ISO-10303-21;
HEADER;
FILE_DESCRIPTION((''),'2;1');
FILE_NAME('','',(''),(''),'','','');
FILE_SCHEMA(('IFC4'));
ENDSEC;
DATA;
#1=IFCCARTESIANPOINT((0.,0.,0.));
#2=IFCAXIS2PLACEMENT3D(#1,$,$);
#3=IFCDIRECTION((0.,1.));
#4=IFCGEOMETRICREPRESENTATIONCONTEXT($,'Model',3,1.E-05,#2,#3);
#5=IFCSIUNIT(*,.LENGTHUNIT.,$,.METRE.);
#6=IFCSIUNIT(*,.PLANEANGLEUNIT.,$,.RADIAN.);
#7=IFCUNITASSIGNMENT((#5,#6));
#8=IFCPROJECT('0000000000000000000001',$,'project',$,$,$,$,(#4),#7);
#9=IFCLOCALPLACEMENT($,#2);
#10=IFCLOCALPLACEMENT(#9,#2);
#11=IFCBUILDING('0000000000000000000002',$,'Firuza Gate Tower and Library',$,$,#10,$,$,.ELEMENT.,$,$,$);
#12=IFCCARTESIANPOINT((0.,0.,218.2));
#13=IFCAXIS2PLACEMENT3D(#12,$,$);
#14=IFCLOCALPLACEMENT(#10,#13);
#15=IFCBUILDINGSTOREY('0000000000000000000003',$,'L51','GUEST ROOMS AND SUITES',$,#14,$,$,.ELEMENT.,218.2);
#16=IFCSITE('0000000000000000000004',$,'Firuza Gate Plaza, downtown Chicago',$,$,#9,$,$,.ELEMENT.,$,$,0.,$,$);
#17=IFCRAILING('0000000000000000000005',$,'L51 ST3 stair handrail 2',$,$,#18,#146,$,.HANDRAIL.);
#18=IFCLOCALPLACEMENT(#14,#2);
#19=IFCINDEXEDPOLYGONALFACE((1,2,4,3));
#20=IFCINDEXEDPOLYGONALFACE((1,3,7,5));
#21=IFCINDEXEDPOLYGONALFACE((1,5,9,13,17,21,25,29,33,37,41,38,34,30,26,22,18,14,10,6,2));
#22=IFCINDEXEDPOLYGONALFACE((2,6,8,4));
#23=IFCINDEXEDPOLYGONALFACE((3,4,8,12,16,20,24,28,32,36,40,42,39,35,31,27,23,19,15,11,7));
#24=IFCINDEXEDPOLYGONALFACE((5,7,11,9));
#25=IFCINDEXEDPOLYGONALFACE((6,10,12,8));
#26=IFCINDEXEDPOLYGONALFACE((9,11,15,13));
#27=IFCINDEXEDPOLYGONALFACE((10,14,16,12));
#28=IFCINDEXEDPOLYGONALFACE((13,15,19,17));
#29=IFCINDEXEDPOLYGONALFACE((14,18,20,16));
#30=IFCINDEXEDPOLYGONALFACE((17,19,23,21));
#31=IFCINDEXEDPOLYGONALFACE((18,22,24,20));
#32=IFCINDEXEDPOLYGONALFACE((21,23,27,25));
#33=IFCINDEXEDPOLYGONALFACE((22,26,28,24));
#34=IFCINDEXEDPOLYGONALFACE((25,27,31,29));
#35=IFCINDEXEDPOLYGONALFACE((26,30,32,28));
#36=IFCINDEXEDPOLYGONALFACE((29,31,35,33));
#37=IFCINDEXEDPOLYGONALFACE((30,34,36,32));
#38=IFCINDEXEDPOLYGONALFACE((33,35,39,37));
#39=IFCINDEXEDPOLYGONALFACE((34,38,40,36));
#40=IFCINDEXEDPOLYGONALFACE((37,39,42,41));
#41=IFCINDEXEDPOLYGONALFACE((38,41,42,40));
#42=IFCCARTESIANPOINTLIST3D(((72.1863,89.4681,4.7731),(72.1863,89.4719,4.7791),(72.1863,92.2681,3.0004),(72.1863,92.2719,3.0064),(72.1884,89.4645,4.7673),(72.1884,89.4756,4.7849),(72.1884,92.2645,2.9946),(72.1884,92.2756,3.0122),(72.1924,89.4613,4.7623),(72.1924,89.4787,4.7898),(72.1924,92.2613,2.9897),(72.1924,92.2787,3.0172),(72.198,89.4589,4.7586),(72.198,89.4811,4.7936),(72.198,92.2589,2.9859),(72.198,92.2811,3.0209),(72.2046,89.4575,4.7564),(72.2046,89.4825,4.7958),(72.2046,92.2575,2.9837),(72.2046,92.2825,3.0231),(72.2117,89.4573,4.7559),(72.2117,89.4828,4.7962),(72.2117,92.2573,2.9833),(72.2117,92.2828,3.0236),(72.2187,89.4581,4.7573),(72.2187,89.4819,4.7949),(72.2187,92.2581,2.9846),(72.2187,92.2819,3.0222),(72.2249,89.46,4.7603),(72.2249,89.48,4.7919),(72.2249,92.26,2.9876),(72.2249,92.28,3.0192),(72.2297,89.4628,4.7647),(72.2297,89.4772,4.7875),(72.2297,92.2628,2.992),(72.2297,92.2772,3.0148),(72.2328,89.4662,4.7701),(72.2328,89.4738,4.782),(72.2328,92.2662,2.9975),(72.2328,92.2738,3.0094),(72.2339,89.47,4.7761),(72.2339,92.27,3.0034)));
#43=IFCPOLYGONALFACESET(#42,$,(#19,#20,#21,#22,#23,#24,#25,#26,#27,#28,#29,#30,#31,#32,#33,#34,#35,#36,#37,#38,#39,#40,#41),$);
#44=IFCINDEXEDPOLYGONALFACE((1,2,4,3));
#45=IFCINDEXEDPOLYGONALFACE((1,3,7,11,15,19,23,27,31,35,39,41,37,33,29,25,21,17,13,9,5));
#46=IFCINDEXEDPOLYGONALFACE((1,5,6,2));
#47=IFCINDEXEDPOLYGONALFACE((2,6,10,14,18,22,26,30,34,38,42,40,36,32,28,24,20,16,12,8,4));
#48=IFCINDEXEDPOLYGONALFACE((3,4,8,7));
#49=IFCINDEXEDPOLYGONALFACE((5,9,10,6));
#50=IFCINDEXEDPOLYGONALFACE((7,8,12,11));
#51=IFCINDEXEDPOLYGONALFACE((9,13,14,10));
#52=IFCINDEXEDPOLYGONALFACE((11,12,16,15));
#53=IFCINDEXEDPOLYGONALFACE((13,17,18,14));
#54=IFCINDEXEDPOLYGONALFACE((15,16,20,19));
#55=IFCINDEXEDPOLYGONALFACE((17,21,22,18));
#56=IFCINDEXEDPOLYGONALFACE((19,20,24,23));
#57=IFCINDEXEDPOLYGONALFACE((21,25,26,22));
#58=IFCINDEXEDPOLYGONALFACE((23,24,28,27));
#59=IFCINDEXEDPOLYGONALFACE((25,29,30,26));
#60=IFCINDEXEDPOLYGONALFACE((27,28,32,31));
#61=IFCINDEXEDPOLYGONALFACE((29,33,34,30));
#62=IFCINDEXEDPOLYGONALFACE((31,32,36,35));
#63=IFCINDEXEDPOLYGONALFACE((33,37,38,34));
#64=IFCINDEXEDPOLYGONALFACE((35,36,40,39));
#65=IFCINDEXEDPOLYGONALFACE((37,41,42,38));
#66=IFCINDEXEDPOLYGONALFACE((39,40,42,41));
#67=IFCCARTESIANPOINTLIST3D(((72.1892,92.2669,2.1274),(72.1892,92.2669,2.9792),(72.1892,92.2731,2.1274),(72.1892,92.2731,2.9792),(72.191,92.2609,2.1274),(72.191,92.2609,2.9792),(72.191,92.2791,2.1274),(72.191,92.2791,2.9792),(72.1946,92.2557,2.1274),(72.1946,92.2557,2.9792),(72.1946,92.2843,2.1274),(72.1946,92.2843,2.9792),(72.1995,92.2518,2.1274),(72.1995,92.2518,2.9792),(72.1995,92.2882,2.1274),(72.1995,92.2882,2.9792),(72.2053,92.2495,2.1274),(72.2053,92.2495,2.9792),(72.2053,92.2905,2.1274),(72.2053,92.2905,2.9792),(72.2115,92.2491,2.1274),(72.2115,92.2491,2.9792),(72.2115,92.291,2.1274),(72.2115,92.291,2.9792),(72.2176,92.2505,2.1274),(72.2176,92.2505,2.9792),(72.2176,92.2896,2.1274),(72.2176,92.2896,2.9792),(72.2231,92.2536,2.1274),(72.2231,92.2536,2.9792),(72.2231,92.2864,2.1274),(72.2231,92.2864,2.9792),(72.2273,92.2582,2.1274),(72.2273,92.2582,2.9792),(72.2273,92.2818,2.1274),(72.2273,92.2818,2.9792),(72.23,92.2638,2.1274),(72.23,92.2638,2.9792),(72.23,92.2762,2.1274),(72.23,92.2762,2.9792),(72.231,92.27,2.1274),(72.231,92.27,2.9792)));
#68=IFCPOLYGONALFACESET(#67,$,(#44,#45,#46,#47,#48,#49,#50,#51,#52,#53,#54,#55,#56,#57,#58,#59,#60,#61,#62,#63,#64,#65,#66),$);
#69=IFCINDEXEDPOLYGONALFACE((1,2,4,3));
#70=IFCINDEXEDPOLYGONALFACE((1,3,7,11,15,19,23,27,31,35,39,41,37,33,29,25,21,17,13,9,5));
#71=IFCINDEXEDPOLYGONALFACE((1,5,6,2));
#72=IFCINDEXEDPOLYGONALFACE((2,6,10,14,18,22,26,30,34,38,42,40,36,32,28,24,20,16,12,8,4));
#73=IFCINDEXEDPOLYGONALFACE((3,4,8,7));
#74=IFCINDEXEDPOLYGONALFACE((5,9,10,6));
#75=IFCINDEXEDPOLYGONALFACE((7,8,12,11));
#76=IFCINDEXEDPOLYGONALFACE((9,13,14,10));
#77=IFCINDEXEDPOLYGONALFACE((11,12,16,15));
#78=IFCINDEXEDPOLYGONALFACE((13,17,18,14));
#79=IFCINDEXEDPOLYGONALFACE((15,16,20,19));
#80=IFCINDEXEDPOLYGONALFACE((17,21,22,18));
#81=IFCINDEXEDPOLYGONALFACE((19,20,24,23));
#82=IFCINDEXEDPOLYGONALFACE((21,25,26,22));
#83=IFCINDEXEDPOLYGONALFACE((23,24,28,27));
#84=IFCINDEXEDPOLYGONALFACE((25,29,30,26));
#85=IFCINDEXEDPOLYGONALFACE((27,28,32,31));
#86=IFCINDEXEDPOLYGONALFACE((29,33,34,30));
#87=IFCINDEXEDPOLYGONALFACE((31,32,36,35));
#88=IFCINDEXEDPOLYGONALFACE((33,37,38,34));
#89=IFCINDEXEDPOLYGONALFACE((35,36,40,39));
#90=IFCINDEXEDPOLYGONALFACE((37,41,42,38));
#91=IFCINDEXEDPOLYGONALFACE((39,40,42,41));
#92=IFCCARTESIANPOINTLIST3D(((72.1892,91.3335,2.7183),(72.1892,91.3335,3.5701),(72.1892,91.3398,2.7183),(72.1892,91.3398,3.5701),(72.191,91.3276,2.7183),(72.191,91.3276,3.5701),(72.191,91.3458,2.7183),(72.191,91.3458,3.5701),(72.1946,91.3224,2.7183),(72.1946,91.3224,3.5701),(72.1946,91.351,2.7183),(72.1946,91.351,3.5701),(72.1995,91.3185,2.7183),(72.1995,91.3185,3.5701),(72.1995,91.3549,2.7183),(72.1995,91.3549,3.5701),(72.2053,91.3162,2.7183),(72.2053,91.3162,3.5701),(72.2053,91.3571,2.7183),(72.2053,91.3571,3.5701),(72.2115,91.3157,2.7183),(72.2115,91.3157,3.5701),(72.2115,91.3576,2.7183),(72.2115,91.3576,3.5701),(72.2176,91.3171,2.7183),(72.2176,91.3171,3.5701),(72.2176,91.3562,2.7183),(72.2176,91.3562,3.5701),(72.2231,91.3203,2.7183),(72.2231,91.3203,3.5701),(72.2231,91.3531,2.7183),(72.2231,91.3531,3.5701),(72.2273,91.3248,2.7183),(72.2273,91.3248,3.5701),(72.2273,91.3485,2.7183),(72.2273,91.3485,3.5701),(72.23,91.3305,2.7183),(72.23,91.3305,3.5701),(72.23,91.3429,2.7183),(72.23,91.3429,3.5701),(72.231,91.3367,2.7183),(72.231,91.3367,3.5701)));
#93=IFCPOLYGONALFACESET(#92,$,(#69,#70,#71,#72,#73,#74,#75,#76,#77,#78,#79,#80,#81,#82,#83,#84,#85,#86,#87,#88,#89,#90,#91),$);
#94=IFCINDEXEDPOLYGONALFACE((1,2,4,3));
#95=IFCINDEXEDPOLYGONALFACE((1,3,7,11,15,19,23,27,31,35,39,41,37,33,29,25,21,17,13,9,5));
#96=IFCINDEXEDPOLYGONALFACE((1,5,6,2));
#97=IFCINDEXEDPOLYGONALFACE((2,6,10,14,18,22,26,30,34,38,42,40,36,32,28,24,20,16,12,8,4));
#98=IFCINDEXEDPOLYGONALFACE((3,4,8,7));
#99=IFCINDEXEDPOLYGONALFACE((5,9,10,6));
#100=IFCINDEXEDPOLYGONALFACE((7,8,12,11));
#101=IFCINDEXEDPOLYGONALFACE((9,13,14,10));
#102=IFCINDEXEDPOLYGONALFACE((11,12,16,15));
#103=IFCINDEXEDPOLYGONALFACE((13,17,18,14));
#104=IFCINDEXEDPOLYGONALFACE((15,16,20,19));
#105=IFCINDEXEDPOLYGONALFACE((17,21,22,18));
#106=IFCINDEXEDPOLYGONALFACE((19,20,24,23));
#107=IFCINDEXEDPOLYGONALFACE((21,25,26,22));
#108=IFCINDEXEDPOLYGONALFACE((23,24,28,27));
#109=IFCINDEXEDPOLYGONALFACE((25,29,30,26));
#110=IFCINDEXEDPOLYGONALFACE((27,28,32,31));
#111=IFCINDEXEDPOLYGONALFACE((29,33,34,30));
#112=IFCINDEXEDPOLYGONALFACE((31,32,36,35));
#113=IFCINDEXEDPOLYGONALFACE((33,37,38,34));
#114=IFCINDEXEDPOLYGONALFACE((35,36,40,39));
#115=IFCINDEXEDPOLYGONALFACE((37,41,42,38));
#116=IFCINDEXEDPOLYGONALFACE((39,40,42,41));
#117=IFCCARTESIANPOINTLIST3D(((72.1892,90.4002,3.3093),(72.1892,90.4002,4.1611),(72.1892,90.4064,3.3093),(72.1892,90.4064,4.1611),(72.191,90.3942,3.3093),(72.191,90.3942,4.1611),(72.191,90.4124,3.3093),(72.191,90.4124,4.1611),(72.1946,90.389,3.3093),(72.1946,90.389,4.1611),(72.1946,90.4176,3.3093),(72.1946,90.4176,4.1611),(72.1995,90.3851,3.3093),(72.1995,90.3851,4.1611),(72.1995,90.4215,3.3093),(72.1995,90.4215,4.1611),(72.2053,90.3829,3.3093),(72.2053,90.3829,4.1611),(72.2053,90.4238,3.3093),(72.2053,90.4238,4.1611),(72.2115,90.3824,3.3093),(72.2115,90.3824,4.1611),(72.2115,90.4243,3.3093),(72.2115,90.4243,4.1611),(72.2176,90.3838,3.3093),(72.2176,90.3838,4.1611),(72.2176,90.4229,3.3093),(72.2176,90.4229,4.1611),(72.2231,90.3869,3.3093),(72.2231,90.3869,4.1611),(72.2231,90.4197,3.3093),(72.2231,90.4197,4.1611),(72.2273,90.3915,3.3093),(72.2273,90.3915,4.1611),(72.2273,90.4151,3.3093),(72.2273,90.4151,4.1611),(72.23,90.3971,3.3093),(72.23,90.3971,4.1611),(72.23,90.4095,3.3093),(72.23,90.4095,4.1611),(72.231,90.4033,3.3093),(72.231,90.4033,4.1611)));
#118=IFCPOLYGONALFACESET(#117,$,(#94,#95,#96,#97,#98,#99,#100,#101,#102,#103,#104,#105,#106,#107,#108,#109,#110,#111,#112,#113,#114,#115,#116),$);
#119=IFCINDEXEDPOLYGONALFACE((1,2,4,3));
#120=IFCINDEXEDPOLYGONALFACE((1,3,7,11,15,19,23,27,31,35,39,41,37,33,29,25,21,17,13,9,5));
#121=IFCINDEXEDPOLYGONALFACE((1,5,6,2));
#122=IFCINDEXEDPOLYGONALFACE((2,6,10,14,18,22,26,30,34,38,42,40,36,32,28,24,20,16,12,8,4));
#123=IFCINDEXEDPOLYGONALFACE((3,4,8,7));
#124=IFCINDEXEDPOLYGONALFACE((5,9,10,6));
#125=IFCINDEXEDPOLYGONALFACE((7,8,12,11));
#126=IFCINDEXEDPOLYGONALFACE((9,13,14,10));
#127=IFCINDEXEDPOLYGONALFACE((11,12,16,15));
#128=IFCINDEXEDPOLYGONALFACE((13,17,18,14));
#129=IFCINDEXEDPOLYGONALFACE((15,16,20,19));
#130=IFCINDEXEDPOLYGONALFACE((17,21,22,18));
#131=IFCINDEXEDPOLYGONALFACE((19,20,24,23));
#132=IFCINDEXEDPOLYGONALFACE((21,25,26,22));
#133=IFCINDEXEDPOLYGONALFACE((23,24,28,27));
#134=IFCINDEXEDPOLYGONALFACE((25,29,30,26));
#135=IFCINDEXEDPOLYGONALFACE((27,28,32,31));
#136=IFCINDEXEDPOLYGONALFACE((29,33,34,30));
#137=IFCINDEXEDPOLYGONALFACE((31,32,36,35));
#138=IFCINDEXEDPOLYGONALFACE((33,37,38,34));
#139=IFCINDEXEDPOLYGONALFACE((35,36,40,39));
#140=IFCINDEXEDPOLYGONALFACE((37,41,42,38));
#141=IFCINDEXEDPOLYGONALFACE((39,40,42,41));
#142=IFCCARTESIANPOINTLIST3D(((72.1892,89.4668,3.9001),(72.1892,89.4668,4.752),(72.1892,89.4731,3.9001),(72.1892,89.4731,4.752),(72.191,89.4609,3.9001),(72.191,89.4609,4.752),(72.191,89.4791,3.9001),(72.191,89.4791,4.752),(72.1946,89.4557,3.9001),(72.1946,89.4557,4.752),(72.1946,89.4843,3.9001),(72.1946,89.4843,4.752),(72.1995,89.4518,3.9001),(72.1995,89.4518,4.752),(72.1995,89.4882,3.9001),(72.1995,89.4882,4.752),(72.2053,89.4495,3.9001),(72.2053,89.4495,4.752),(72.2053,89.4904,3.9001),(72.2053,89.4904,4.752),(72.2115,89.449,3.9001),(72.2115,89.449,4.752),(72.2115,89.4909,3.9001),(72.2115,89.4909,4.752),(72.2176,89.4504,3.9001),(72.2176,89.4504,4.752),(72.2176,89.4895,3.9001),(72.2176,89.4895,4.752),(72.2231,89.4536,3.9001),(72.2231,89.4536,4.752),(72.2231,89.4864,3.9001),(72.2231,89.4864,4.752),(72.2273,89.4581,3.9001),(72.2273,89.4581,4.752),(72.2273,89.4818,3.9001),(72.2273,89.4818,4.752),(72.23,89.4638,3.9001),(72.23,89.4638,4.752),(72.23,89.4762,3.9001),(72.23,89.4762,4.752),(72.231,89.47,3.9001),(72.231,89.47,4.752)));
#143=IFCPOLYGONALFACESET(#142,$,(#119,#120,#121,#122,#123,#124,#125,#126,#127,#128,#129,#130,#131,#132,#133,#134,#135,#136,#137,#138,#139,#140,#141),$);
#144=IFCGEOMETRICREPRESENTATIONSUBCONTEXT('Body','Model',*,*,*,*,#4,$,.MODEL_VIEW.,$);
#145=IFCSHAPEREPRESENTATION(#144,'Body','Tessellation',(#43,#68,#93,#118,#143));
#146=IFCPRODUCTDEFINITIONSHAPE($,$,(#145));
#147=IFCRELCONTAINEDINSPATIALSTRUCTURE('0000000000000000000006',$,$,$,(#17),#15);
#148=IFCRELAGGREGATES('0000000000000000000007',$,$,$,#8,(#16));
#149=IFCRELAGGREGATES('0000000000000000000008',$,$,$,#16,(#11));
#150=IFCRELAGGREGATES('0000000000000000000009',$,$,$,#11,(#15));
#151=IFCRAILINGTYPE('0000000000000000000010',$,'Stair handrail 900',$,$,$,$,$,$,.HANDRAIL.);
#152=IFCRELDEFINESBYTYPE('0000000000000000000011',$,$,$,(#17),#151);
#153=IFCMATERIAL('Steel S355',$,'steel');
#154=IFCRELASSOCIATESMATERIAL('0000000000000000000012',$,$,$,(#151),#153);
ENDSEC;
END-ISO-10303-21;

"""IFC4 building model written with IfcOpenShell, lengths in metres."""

from ifc_helpers import new_model, si_unit, direction, frame, origin, origin_2d, place, context, subcontext, project, spatial, circle, extrude, material, type_object, element, save


model = new_model("IFC4")

# Units and contexts
model_context = context("Model", 3, precision=1e-05, world=origin(), true_north=direction((0.0, 1.0)))
body_context = subcontext(model_context, "Body", "Model", "MODEL_VIEW")
ifc_project = project(units=[si_unit("LENGTHUNIT", "METRE"), si_unit("PLANEANGLEUNIT", "RADIAN")], contexts=[model_context])

# Site, building, storey
site_placement = place(None, origin())
site = spatial("IfcSite", under=ifc_project, at=site_placement, Name="Firuza Gate Plaza, downtown Chicago", CompositionType="ELEMENT", RefElevation=0.0)
building_placement = place(site_placement, origin())
building = spatial("IfcBuilding", under=site, at=building_placement, Name="Firuza Gate Tower and Library", CompositionType="ELEMENT")
storey_placement = place(building_placement, frame((0.0, 0.0, 218.2)))
storey = spatial("IfcBuildingStorey", under=building, at=storey_placement, Name="L51", Description="GUEST ROOMS AND SUITES", CompositionType="ELEMENT", Elevation=218.2)

# Railing
ifc_material_1 = material(Name="Steel S355", Category="steel")
railing_type_1 = type_object("IfcRailingType", Name="Stair handrail 900", PredefinedType="HANDRAIL", material=ifc_material_1)
railing_1_placement = place(storey_placement, frame((72.21, 92.27, 2.1274)))
element("IfcRailing", 1, at=railing_1_placement, inside=storey, type_object=railing_type_1, Name="L51 ST3 stair handrail 2", PredefinedType="HANDRAIL", context=body_context, shape_type="SweptSolid", body=[
    extrude(circle(Radius=0.0239, at=origin_2d()), frame((0.0, 0.0, 0.876), z_axis=(0.0, -0.844909, 0.53491), x_axis=(1.0, 0.0, 0.0)), (0.0, 0.0, 1.0), 3.314),
    extrude(circle(Radius=0.021, at=origin_2d()), origin(), (0.0, 0.0, 1.0), 0.8518),
    extrude(circle(Radius=0.021, at=origin_2d()), frame((0.0, -0.9333, 0.5908)), (0.0, 0.0, 1.0), 0.8518),
    extrude(circle(Radius=0.021, at=origin_2d()), frame((0.0, -1.8667, 1.1819)), (0.0, 0.0, 1.0), 0.8518),
    extrude(circle(Radius=0.021, at=origin_2d()), frame((0.0, -2.8, 1.7727)), (0.0, 0.0, 1.0), 0.8518),
])

save(model, "model.ifc")
